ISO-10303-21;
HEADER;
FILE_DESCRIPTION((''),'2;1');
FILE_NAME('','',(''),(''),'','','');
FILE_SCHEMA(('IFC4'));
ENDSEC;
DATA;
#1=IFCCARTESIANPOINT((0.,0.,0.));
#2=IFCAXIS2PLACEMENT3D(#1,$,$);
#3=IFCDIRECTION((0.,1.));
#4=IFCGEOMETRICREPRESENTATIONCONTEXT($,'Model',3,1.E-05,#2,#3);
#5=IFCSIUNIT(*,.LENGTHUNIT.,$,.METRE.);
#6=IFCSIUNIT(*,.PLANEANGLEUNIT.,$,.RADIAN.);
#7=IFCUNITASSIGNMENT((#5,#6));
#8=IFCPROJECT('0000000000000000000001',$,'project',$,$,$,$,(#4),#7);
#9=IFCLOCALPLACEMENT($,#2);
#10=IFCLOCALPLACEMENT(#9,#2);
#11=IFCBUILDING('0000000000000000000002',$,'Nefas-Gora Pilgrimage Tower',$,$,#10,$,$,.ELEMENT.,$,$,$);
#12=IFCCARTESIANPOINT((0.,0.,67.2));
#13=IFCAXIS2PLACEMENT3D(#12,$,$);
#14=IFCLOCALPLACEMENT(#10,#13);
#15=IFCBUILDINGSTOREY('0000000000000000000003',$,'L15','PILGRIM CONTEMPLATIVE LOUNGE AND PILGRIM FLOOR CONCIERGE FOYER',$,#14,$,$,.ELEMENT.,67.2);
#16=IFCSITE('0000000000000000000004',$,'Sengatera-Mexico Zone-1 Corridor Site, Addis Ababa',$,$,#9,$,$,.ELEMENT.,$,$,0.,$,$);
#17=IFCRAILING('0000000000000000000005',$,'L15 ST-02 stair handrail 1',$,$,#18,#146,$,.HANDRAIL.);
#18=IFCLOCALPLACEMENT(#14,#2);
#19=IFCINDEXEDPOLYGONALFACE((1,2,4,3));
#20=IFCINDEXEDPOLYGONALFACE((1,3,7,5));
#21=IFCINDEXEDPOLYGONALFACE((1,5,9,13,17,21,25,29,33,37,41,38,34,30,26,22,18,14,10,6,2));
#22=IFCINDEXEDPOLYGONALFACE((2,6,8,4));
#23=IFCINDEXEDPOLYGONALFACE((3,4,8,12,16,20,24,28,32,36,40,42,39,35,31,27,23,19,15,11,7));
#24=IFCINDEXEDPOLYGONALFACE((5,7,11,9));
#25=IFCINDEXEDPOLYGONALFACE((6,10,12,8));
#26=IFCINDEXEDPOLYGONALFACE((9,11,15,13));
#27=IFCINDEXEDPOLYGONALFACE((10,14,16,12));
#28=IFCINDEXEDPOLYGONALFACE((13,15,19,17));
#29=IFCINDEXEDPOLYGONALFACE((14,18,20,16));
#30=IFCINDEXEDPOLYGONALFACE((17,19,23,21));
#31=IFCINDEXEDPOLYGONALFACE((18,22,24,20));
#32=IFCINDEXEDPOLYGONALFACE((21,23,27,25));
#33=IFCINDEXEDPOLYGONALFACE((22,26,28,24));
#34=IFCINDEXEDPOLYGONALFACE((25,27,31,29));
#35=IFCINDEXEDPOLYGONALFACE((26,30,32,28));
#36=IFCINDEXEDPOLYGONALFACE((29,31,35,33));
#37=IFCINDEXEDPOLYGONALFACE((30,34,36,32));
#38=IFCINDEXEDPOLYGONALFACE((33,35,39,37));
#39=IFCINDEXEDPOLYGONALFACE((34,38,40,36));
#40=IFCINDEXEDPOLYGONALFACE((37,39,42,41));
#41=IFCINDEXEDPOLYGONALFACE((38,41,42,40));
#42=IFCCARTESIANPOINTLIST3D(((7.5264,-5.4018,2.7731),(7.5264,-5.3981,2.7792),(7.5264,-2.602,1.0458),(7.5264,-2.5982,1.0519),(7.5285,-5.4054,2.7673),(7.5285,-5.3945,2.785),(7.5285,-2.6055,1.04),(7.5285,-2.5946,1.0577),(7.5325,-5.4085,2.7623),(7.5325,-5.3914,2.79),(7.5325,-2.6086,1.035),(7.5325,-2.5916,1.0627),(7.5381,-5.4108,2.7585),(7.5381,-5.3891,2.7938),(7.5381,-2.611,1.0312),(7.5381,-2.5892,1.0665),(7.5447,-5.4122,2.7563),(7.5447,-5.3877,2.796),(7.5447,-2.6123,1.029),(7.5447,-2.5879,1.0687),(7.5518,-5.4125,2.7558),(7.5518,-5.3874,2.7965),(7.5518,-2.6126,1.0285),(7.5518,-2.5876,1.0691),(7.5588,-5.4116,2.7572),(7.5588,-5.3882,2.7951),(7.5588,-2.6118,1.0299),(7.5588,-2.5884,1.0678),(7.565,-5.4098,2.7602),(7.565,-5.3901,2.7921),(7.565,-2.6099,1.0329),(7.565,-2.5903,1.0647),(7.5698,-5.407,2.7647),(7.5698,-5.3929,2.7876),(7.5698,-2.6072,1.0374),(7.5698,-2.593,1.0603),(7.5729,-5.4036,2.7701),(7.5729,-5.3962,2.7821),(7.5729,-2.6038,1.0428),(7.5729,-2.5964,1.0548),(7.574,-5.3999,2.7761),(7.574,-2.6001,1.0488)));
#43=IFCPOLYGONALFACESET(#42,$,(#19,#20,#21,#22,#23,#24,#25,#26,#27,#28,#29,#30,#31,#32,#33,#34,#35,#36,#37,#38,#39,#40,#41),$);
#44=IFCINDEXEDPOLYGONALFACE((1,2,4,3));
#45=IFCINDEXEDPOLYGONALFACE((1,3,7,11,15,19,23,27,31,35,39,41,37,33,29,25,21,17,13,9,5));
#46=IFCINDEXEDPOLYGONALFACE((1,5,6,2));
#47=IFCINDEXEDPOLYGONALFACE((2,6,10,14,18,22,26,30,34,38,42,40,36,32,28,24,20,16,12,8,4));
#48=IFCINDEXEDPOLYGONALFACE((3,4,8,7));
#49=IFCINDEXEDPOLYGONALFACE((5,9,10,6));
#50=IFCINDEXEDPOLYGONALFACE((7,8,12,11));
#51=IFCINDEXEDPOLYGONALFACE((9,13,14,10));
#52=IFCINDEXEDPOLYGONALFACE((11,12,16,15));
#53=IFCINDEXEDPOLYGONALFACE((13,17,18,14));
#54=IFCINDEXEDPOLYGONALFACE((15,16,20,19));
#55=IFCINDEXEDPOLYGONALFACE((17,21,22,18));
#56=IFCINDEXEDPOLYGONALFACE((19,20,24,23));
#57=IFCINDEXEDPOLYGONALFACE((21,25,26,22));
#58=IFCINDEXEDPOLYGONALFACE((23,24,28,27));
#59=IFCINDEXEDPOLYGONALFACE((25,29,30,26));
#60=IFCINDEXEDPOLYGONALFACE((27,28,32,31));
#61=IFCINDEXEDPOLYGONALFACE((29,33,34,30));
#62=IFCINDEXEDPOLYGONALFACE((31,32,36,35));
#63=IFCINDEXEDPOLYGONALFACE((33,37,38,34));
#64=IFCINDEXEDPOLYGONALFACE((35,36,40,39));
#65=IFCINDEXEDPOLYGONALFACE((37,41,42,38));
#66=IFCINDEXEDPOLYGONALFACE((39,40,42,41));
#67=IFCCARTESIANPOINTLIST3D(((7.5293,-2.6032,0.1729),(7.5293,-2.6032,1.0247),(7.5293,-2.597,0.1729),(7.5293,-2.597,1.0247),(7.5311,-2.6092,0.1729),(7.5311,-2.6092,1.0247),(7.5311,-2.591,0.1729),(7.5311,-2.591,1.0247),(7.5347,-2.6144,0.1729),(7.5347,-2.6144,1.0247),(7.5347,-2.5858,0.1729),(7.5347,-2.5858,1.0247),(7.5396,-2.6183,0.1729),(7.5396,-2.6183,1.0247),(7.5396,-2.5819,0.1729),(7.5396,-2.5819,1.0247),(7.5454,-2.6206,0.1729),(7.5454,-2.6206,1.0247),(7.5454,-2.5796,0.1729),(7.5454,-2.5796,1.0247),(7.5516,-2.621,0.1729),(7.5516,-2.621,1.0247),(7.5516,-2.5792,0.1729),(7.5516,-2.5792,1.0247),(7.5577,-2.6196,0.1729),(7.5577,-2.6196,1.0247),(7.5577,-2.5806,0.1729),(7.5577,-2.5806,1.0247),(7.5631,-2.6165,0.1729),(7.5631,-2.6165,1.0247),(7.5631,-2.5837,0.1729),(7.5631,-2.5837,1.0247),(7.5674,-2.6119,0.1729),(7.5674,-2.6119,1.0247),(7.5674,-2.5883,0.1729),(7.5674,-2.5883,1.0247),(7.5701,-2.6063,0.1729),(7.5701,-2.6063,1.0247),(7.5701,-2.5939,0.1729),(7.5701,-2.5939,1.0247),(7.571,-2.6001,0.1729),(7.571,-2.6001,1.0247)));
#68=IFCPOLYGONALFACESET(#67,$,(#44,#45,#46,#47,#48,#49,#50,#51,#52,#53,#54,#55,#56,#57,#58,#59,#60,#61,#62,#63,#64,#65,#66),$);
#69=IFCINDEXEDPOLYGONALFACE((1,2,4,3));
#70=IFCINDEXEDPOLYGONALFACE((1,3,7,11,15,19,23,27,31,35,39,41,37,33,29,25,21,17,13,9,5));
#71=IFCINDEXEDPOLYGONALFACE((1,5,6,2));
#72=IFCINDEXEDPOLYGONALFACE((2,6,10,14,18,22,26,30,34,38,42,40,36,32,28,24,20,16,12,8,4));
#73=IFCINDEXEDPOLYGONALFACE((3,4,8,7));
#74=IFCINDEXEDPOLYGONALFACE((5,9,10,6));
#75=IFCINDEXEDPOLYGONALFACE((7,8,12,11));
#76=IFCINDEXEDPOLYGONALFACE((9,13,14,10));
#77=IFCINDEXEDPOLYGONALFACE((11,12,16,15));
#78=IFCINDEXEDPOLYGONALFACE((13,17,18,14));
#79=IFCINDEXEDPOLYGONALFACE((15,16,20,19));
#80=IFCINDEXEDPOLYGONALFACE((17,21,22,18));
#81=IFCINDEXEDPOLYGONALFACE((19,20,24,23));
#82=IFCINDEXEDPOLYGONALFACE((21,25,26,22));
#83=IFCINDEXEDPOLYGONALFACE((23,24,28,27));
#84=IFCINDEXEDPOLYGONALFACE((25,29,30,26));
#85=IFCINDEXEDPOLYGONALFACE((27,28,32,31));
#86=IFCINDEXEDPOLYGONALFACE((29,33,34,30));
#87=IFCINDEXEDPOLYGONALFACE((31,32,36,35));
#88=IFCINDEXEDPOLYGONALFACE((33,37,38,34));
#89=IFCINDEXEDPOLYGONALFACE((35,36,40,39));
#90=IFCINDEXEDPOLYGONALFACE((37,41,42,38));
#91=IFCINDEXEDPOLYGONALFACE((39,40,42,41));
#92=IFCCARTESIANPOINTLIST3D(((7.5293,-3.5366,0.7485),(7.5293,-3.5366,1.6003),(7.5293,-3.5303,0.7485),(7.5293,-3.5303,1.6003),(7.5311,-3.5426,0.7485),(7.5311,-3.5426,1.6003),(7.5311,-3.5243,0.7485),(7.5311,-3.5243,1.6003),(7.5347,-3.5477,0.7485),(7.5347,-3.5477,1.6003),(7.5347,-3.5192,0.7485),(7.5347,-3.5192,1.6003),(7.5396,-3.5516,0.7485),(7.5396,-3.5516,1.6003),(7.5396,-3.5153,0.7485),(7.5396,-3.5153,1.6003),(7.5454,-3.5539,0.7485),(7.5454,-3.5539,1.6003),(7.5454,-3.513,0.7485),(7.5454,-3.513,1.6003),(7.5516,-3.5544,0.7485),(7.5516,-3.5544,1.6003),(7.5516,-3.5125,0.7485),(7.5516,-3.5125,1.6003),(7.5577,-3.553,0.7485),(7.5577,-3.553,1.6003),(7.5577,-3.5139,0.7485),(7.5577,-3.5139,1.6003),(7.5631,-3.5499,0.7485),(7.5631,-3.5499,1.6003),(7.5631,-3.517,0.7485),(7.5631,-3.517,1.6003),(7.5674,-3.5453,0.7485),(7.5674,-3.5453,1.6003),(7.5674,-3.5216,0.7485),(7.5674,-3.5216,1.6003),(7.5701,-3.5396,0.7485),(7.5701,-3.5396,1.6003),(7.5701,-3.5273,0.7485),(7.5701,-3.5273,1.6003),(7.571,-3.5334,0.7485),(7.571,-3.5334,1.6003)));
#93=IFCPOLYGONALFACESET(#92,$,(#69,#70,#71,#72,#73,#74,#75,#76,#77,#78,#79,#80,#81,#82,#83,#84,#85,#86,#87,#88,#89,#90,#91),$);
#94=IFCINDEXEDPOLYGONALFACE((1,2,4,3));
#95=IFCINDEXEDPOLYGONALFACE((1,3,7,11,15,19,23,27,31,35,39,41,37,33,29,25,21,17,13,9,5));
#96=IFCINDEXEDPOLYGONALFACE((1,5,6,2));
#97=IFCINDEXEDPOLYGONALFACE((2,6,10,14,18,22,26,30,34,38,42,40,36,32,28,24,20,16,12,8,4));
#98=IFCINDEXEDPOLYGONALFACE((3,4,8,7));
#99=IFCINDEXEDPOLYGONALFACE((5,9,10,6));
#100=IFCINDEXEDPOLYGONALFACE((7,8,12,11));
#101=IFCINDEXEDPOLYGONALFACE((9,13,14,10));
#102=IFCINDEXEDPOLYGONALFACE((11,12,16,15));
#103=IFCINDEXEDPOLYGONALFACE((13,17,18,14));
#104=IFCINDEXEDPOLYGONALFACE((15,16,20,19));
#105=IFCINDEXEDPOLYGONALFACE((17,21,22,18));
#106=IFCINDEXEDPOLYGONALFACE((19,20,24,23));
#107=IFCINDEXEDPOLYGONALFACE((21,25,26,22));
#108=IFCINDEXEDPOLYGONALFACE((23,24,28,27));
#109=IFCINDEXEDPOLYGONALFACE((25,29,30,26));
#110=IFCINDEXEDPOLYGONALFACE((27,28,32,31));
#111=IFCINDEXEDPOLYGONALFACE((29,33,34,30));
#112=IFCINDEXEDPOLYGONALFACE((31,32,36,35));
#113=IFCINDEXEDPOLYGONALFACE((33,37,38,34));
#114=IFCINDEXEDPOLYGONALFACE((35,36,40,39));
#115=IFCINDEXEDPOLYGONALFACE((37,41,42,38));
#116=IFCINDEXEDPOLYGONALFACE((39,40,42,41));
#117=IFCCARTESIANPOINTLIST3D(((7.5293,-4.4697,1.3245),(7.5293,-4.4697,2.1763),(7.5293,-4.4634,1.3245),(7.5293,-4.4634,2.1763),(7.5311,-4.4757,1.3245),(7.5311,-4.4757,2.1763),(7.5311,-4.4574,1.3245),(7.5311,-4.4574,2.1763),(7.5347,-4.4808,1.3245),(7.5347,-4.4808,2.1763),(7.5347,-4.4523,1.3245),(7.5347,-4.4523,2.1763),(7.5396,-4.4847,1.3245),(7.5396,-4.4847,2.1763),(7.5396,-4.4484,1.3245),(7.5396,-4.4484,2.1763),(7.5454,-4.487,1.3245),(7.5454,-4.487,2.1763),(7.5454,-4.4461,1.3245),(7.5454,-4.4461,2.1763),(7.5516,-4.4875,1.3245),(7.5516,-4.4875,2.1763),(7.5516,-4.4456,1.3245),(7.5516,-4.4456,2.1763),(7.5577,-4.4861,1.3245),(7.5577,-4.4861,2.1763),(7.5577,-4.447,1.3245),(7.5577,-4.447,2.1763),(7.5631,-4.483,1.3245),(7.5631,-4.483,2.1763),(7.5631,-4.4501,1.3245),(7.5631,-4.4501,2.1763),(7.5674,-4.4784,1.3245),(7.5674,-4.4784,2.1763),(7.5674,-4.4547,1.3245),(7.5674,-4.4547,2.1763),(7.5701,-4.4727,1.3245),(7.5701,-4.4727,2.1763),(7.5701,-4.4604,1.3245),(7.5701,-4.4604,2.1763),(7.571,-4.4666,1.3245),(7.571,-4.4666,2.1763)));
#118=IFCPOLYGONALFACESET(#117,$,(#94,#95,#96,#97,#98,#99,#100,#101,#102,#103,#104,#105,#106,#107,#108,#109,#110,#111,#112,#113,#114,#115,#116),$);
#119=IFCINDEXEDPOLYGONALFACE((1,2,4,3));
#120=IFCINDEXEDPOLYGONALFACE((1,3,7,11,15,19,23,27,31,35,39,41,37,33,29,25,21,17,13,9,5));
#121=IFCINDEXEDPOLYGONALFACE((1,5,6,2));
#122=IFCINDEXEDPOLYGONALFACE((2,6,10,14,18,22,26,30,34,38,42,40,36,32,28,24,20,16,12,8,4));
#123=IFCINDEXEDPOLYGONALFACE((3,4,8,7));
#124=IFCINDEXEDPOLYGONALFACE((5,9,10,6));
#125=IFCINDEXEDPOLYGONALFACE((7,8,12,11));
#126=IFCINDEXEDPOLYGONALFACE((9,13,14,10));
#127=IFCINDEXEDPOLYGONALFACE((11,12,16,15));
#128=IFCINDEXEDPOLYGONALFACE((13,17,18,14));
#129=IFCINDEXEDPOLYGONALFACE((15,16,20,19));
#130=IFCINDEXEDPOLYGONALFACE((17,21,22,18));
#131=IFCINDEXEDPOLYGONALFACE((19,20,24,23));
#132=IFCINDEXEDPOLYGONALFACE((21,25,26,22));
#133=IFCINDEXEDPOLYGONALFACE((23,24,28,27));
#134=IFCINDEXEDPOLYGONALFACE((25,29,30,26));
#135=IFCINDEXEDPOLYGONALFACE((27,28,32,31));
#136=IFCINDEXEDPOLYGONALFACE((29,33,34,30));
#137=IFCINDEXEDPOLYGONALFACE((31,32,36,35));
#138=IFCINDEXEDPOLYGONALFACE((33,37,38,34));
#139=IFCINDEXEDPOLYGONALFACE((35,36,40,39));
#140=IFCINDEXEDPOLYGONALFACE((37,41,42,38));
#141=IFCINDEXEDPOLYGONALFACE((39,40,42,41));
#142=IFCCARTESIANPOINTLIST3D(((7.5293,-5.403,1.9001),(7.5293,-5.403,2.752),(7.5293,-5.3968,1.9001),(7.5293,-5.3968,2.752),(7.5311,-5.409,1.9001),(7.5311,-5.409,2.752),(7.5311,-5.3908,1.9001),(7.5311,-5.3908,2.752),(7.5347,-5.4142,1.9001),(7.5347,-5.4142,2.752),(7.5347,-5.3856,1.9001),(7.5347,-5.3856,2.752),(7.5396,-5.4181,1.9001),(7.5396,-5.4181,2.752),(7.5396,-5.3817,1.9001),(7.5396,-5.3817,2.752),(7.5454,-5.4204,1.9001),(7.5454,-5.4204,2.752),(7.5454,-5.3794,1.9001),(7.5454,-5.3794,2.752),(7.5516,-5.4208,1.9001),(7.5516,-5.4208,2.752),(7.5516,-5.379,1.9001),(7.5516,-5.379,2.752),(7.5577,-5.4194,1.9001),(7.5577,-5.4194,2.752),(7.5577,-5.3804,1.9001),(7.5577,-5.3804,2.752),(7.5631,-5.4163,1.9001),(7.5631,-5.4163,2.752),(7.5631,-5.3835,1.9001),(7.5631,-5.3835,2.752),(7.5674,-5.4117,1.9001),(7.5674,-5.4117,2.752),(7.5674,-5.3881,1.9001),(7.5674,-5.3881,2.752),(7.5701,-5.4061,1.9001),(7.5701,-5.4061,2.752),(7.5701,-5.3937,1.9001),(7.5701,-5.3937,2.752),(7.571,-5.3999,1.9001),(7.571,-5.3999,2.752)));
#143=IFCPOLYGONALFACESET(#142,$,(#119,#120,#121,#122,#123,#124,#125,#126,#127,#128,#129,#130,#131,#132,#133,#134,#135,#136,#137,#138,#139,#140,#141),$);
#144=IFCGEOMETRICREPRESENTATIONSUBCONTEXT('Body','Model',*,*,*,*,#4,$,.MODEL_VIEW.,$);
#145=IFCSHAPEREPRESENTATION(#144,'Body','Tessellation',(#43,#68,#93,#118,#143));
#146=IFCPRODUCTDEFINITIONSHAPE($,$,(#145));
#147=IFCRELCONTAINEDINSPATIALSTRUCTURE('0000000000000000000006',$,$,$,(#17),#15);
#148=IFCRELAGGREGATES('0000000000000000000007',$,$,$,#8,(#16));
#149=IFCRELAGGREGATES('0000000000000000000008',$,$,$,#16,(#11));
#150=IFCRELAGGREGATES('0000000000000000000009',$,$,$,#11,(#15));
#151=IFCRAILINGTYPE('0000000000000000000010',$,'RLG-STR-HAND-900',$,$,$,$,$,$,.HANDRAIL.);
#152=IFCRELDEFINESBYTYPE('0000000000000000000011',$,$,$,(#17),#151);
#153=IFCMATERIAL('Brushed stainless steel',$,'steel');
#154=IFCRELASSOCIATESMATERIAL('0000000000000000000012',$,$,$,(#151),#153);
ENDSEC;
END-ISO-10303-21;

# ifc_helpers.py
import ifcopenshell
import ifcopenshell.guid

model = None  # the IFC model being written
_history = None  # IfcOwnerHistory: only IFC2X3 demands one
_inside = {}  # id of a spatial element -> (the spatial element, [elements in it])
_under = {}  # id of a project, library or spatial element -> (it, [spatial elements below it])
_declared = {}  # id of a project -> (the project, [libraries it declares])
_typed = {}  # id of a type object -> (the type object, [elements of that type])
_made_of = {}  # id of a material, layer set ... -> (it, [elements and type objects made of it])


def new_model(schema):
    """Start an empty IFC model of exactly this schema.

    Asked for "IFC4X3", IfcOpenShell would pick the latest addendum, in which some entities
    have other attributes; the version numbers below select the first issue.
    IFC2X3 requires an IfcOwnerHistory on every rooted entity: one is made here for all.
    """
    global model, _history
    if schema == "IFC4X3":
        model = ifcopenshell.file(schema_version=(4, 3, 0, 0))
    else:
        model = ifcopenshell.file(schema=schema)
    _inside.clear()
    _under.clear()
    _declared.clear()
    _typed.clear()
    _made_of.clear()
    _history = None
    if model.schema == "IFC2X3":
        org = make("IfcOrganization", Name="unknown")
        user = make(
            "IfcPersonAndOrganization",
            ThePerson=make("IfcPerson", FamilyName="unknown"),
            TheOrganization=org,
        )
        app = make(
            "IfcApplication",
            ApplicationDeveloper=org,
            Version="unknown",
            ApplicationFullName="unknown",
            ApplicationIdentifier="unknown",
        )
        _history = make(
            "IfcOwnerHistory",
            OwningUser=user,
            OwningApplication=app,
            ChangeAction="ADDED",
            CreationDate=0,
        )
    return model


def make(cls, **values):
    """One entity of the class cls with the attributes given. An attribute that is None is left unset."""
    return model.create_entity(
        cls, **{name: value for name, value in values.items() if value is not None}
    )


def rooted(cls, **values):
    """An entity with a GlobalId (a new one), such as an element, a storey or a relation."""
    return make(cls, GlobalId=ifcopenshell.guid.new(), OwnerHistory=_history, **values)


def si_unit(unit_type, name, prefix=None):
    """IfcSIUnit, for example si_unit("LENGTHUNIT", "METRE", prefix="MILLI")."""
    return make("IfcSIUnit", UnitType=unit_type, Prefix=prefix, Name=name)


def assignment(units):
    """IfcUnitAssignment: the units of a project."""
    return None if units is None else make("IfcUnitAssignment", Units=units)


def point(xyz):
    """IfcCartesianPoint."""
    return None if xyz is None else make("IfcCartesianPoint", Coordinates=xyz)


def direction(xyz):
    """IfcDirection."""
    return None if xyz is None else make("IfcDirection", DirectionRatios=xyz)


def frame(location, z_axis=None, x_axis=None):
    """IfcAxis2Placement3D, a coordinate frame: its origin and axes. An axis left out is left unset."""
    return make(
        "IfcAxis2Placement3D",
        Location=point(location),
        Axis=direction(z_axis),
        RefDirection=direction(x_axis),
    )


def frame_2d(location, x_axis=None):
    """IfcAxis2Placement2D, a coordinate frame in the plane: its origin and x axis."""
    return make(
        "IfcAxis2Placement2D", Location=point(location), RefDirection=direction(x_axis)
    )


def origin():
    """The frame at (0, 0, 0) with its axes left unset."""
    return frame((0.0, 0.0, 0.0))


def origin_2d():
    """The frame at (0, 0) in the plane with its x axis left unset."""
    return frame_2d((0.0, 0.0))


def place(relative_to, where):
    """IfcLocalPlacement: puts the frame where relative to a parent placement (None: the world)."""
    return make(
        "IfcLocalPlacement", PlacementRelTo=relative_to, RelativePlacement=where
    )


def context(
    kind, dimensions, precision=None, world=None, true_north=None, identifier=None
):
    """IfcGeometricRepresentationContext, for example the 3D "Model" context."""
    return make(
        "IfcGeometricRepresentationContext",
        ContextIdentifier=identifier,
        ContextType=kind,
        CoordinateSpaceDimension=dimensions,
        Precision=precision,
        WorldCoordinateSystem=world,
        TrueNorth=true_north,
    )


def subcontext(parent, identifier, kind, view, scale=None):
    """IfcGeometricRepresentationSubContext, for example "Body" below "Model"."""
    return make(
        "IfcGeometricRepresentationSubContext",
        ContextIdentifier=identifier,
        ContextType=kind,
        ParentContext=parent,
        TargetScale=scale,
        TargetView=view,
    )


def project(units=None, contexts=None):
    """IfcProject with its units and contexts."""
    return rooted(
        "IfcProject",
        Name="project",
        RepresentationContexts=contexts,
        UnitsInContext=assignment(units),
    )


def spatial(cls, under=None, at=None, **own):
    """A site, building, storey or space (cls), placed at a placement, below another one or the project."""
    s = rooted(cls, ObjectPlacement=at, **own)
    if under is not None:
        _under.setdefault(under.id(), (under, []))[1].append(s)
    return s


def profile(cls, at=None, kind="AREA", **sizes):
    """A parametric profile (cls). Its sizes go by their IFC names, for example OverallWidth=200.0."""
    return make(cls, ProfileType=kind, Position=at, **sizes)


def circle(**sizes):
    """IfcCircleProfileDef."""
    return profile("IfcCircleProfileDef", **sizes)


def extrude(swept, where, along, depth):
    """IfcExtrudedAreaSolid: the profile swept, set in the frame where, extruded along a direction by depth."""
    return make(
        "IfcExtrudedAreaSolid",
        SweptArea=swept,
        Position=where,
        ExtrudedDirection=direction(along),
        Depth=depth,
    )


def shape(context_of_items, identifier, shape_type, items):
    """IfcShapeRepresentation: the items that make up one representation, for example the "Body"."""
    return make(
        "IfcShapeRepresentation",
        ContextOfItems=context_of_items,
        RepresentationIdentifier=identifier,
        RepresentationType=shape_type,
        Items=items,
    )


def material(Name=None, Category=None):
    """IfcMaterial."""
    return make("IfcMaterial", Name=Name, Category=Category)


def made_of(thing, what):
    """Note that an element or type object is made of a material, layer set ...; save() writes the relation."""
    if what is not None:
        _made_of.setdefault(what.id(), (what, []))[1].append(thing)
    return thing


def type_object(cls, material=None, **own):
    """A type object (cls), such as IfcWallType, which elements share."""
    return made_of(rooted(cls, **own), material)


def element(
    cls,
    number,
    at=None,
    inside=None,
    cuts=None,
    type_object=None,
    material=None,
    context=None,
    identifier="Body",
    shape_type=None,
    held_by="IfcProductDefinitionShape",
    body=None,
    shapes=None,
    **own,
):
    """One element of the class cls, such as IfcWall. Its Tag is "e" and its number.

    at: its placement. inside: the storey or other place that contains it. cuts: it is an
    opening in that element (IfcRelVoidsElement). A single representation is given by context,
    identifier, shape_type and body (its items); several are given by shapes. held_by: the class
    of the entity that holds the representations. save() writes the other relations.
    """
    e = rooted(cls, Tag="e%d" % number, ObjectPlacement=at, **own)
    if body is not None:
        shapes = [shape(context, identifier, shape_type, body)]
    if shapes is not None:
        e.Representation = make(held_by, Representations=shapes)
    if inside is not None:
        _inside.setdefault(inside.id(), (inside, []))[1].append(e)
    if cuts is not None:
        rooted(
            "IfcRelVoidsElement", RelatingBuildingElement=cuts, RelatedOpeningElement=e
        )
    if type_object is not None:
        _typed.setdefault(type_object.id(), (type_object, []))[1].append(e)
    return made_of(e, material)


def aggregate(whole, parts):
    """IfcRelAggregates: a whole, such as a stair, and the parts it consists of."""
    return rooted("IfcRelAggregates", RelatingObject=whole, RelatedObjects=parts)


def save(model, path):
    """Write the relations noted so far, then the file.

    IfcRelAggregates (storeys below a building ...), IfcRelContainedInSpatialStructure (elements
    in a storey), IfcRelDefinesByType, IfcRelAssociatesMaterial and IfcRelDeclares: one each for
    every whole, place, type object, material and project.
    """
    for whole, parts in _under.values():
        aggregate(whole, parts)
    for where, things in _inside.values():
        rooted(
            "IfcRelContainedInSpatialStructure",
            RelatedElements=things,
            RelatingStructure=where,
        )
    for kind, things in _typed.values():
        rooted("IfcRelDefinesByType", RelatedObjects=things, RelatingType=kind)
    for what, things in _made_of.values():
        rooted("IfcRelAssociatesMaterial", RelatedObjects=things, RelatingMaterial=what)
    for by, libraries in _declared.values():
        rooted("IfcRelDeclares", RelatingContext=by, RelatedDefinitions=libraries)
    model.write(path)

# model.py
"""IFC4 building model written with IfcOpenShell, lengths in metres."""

from ifc_helpers import new_model, si_unit, direction, frame, origin, origin_2d, place, context, subcontext, project, spatial, circle, extrude, material, type_object, element, save


model = new_model("IFC4")

# Units and contexts
model_context = context("Model", 3, precision=1e-05, world=origin(), true_north=direction((0.0, 1.0)))
body_context = subcontext(model_context, "Body", "Model", "MODEL_VIEW")
ifc_project = project(units=[si_unit("LENGTHUNIT", "METRE"), si_unit("PLANEANGLEUNIT", "RADIAN")], contexts=[model_context])

# Site, building, storey
site_placement = place(None, origin())
site = spatial("IfcSite", under=ifc_project, at=site_placement, Name="Sengatera-Mexico Zone-1 Corridor Site, Addis Ababa", CompositionType="ELEMENT", RefElevation=0.0)
building_placement = place(site_placement, origin())
building = spatial("IfcBuilding", under=site, at=building_placement, Name="Nefas-Gora Pilgrimage Tower", CompositionType="ELEMENT")
storey_placement = place(building_placement, frame((0.0, 0.0, 67.2)))
storey = spatial("IfcBuildingStorey", under=building, at=storey_placement, Name="L15", Description="PILGRIM CONTEMPLATIVE LOUNGE AND PILGRIM FLOOR CONCIERGE FOYER", CompositionType="ELEMENT", Elevation=67.2)

# Railing
ifc_material_1 = material(Name="Brushed stainless steel", Category="steel")
railing_type_1 = type_object("IfcRailingType", Name="RLG-STR-HAND-900", PredefinedType="HANDRAIL", material=ifc_material_1)
railing_1_placement = place(storey_placement, frame((7.55, -2.6001, 0.1729)))
element("IfcRailing", 1, at=railing_1_placement, inside=storey, type_object=railing_type_1, Name="L15 ST-02 stair handrail 1", PredefinedType="HANDRAIL", context=body_context, shape_type="SweptSolid", body=[
    extrude(circle(Radius=0.0239, at=origin_2d()), frame((0.0, 0.0, 0.876), z_axis=(0.0, -0.851069, 0.525054), x_axis=(1.0, 0.0, 0.0)), (0.0, 0.0, 1.0), 3.2898),
    extrude(circle(Radius=0.021, at=origin_2d()), origin(), (0.0, 0.0, 1.0), 0.8518),
    extrude(circle(Radius=0.021, at=origin_2d()), frame((0.0, -0.9333, 0.5757)), (0.0, 0.0, 1.0), 0.8518),
    extrude(circle(Radius=0.021, at=origin_2d()), frame((0.0, -1.8665, 1.1516)), (0.0, 0.0, 1.0), 0.8518),
    extrude(circle(Radius=0.021, at=origin_2d()), frame((0.0, -2.7998, 1.7273)), (0.0, 0.0, 1.0), 0.8518),
])

save(model, "model.ifc")
